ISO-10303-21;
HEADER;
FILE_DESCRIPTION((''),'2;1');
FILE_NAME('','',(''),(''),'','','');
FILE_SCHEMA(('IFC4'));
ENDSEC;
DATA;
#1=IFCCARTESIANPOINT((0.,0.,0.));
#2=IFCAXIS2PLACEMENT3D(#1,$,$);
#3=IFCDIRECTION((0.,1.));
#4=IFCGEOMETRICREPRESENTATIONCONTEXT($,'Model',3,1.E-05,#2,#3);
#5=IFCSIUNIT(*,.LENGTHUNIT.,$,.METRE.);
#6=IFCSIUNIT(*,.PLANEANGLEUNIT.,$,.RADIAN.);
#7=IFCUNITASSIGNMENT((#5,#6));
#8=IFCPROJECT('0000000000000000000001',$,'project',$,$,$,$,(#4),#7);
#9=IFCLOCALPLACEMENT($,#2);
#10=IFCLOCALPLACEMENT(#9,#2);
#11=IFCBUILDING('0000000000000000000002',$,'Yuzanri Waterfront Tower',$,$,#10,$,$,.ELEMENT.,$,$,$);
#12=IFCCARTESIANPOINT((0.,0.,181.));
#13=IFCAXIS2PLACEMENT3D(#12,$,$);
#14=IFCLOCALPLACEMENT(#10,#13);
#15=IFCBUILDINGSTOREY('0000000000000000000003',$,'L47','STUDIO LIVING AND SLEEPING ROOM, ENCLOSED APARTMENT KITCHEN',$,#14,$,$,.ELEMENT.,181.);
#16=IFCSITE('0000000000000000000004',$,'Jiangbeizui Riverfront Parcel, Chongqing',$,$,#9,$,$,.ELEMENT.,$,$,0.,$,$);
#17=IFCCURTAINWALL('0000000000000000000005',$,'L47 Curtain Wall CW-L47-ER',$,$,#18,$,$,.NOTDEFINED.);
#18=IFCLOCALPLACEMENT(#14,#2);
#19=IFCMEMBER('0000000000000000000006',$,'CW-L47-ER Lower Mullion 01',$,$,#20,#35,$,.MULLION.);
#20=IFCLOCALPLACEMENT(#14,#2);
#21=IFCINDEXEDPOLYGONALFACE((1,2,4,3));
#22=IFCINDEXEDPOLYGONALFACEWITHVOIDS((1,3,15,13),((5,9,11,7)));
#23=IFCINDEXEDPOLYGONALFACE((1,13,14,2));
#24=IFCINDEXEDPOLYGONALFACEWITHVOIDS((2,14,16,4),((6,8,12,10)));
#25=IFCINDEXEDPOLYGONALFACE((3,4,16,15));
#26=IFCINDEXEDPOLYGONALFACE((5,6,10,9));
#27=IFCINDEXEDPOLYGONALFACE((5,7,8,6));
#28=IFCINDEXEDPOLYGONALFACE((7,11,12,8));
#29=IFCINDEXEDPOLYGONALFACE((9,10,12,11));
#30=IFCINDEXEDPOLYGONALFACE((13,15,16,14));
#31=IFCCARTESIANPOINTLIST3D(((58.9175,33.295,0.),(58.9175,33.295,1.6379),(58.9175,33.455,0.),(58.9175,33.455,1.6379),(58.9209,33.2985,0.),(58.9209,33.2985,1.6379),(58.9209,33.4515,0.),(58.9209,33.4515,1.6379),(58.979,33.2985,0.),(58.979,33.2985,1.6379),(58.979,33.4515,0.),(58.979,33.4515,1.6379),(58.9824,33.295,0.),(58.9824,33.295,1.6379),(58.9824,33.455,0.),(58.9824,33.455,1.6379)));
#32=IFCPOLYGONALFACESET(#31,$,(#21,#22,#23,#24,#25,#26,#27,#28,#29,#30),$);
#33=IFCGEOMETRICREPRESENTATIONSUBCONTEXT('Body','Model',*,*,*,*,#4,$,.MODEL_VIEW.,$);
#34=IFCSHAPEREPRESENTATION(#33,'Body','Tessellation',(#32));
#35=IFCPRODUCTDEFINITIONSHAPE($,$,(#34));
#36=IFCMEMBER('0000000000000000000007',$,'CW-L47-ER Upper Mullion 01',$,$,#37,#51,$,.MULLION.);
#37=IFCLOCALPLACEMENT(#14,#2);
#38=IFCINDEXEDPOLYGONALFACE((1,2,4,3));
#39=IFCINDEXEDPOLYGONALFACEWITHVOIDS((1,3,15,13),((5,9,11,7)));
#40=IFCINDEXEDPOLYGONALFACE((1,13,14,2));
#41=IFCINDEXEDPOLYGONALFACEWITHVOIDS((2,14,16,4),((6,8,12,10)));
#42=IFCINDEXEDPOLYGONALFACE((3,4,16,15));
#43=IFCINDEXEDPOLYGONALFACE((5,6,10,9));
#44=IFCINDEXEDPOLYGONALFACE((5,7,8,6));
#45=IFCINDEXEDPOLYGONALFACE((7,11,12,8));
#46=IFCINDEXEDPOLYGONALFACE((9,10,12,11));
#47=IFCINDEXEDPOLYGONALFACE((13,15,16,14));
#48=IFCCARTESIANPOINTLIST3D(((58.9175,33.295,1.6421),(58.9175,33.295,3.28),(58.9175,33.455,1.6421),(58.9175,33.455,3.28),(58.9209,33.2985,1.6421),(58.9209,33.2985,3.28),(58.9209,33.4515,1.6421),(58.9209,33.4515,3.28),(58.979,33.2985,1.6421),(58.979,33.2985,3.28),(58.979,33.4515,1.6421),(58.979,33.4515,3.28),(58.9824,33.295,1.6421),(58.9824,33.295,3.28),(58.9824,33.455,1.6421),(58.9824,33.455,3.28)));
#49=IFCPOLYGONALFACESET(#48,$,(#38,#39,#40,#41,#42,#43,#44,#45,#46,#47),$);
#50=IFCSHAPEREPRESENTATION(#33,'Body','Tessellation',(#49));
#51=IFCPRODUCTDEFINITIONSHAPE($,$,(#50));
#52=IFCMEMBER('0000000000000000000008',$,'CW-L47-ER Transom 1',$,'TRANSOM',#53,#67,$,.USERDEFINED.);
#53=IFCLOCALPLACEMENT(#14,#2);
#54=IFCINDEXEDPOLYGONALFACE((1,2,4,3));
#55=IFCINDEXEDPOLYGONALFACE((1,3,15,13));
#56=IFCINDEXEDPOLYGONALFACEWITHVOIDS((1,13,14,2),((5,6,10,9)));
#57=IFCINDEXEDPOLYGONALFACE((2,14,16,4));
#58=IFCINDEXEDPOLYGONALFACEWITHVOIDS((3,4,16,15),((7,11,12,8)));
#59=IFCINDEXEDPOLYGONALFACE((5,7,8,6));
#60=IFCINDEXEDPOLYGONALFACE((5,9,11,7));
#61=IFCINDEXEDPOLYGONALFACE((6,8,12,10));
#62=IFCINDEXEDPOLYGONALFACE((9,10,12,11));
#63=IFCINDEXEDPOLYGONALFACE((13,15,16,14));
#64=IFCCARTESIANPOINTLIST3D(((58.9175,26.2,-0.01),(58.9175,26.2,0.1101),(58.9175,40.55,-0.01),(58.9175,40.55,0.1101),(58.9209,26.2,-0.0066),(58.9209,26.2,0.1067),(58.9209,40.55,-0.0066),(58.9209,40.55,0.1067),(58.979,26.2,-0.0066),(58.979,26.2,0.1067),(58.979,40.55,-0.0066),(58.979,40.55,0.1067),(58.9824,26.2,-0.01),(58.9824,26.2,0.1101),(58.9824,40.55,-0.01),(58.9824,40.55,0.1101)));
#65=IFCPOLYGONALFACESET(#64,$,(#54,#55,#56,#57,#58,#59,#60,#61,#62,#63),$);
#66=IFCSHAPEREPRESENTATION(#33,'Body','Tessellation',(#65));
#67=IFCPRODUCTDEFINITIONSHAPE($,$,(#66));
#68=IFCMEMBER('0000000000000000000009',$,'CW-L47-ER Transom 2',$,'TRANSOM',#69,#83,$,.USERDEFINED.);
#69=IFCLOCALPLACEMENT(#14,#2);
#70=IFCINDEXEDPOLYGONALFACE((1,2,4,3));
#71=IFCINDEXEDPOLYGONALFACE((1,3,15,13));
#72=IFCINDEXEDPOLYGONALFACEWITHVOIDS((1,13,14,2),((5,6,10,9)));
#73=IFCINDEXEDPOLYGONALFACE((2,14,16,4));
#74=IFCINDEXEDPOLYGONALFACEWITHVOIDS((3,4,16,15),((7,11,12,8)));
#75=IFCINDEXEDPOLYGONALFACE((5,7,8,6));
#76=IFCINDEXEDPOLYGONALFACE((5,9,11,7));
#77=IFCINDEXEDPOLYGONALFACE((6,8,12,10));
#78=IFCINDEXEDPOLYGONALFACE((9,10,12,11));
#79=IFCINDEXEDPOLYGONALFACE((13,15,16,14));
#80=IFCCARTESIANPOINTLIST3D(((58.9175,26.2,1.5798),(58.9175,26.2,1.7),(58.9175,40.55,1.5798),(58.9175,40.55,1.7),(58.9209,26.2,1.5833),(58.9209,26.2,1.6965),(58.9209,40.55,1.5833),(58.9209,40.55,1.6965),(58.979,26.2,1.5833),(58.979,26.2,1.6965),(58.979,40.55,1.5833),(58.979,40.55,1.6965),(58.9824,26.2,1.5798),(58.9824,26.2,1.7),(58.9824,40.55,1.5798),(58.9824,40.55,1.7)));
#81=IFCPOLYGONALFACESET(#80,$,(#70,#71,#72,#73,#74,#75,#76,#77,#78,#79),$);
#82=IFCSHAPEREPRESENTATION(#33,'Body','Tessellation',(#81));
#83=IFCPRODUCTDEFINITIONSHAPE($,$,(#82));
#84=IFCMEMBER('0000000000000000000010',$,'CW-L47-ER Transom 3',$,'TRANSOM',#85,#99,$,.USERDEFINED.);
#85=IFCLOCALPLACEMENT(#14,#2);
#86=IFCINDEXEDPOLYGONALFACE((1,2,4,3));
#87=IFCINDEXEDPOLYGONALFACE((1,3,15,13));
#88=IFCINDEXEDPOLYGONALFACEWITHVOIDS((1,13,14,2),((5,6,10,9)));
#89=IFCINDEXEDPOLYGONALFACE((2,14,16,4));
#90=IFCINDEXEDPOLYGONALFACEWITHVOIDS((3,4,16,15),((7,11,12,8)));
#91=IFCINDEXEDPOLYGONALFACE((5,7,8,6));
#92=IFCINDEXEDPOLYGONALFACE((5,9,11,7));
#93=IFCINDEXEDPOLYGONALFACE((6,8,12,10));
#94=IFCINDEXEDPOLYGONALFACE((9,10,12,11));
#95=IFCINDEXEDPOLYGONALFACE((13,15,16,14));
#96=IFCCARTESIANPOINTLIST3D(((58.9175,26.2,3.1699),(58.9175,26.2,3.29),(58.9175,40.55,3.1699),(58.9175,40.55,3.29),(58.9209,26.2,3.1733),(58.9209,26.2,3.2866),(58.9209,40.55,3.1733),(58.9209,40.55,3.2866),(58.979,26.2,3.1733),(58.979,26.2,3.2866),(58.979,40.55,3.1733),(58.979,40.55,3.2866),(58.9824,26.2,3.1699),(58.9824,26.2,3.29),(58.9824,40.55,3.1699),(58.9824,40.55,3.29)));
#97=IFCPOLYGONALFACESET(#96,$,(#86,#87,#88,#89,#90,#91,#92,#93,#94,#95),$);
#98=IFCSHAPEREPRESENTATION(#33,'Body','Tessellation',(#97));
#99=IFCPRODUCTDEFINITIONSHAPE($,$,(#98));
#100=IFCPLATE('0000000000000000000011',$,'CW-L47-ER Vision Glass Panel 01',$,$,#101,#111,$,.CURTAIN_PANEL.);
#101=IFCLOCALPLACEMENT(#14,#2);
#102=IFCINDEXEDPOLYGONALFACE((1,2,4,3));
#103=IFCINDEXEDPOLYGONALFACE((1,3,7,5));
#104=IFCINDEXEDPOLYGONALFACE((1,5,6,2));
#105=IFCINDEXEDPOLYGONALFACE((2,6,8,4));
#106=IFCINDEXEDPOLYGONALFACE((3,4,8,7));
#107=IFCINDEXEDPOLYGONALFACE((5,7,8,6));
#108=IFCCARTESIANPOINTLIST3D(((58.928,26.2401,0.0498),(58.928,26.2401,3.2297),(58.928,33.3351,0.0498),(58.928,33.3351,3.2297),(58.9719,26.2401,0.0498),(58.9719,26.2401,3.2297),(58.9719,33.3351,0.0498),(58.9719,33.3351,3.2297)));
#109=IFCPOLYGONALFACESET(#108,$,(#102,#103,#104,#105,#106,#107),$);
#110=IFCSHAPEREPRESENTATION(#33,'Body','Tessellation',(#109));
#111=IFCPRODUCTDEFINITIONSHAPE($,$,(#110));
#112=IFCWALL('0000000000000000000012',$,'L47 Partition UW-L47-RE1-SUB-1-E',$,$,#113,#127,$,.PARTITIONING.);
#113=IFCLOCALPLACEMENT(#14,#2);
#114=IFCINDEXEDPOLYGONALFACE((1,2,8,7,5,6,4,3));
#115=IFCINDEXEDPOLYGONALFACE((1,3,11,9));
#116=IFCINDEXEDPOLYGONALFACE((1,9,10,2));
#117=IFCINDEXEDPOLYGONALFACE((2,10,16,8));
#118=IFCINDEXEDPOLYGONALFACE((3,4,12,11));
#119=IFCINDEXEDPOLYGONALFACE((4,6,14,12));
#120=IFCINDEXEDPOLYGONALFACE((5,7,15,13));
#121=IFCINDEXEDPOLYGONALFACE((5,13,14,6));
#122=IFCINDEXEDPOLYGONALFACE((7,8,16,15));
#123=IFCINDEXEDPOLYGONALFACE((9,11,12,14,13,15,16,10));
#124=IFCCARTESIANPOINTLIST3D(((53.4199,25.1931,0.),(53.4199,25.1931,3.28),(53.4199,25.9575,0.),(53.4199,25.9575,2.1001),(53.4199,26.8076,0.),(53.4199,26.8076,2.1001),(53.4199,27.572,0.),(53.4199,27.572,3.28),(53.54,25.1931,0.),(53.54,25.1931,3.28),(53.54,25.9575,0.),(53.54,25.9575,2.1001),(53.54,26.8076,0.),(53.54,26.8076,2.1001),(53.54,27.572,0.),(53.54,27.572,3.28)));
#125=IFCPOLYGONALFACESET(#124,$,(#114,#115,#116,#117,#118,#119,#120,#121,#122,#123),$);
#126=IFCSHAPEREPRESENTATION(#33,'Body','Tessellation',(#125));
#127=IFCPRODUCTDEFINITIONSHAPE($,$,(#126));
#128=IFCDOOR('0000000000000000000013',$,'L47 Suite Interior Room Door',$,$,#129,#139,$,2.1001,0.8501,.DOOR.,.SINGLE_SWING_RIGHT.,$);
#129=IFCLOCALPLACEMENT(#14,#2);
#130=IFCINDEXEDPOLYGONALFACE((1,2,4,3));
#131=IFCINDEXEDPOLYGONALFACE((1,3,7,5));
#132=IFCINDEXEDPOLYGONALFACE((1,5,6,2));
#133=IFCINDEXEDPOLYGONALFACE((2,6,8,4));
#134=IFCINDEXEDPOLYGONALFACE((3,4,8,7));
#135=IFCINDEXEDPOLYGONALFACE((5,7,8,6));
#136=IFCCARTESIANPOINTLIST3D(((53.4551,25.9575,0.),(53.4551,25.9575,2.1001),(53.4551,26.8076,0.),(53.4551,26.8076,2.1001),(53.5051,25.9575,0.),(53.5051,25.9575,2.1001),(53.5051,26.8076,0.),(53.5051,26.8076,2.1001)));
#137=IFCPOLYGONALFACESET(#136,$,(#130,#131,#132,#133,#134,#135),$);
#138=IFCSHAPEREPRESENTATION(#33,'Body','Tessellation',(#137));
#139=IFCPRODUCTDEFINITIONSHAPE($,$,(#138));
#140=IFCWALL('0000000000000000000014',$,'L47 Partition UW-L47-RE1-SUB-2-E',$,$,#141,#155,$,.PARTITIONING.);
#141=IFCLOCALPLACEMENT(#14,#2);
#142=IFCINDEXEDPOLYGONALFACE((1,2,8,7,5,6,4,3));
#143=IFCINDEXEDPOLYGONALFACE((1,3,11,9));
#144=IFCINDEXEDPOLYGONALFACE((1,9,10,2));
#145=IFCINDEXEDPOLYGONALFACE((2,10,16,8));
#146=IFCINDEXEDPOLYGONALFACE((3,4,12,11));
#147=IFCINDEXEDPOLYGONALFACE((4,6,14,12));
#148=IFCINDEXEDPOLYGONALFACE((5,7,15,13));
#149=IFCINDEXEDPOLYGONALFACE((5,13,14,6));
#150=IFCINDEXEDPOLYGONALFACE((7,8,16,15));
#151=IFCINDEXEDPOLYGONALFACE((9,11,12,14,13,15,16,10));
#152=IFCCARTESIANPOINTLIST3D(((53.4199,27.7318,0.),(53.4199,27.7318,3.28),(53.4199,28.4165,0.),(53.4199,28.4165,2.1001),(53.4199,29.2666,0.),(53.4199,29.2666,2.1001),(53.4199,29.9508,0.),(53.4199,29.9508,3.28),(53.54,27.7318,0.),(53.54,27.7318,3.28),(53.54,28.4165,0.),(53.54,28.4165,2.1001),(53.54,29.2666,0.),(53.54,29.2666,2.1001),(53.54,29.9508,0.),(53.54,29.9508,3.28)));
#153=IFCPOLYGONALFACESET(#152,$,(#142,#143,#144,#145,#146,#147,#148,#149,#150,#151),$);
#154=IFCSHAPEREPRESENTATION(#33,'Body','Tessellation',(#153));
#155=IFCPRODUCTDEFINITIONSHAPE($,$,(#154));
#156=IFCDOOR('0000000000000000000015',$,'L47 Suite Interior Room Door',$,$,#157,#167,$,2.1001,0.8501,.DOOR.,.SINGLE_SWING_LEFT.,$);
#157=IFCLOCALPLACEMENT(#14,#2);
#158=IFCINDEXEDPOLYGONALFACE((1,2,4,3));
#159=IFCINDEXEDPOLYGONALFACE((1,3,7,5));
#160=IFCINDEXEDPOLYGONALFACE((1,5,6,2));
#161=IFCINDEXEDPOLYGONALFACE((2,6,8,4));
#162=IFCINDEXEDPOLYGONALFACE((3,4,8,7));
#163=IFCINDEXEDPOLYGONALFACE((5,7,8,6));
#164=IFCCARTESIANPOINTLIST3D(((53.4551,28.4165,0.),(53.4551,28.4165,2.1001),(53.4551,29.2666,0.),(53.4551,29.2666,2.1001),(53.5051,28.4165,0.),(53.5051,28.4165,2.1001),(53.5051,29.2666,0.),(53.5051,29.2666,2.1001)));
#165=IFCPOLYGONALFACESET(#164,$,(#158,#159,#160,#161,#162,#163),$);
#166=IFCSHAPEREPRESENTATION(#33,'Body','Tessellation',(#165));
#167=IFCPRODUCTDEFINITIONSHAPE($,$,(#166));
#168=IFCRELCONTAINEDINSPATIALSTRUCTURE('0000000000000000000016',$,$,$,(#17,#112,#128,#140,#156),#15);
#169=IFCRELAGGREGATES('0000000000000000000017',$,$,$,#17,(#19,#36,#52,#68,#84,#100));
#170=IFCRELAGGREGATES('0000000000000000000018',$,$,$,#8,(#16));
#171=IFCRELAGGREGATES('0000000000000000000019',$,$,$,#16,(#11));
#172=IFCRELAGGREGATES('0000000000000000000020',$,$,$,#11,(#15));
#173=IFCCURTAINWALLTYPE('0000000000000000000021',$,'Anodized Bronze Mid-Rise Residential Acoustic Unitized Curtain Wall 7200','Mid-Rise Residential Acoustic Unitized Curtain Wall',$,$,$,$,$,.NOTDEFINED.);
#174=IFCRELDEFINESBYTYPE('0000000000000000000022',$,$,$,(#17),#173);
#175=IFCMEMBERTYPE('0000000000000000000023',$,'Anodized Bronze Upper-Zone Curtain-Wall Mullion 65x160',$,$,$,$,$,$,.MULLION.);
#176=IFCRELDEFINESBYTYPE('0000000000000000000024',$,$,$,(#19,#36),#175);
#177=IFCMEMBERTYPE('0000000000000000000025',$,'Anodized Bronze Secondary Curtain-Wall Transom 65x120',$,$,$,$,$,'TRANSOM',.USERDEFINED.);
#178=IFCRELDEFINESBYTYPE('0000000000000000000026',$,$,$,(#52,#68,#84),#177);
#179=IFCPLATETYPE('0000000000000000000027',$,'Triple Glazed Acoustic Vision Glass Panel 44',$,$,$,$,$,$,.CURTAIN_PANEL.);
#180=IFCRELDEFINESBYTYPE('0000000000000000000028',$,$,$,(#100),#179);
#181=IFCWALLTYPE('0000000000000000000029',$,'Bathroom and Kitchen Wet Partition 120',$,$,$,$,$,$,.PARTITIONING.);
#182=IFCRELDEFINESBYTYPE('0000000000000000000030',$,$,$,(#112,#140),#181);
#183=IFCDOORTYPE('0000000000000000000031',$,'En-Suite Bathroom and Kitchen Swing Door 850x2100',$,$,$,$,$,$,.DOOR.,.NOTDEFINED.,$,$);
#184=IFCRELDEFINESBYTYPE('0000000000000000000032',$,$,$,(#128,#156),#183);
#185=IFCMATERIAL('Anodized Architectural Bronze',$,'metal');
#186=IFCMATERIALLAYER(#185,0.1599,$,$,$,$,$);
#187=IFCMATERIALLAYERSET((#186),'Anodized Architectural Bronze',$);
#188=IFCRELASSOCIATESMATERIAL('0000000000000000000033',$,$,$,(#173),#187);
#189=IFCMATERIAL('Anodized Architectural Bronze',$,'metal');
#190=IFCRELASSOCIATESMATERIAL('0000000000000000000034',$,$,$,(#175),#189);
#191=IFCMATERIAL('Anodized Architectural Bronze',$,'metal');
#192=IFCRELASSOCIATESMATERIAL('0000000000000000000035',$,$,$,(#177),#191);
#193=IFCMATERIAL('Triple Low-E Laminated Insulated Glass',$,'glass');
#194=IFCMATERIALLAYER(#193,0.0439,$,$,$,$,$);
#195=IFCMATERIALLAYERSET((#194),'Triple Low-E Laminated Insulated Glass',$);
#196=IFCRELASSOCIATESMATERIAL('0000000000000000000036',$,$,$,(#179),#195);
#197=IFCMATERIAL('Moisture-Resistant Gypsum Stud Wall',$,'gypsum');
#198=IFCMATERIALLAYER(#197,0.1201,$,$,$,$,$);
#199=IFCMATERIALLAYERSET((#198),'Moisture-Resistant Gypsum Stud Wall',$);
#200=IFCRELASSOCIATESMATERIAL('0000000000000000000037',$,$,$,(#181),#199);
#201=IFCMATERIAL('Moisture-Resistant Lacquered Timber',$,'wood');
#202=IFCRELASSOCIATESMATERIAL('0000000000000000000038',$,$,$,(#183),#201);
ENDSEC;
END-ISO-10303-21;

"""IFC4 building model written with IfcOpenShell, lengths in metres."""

from ifc_helpers import new_model, si_unit, direction, frame, frame_2d, origin, origin_2d, place, context, subcontext, project, spatial, rectangle, hollow_rectangle, extrude, source, transform, mapped, material, layer, layer_set, material_profile, profile_set, type_object, element, fill, aggregate, save


model = new_model("IFC4")

# Units and contexts
model_context = context("Model", 3, precision=1e-05, world=origin(), true_north=direction((0.0, 1.0)))
body_context = subcontext(model_context, "Body", "Model", "MODEL_VIEW")
ifc_project = project(units=[si_unit("LENGTHUNIT", "METRE"), si_unit("PLANEANGLEUNIT", "RADIAN")], contexts=[model_context])

# Site, building, storey
site_placement = place(None, origin())
site = spatial("IfcSite", under=ifc_project, at=site_placement, Name="Jiangbeizui Riverfront Parcel, Chongqing", CompositionType="ELEMENT", RefElevation=0.0)
building_placement = place(site_placement, origin())
building = spatial("IfcBuilding", under=site, at=building_placement, Name="Yuzanri Waterfront Tower", CompositionType="ELEMENT")
storey_placement = place(building_placement, frame((0.0, 0.0, 181.0)))
storey = spatial("IfcBuildingStorey", under=building, at=storey_placement, Name="L47", Description="STUDIO LIVING AND SLEEPING ROOM, ENCLOSED APARTMENT KITCHEN", CompositionType="ELEMENT", Elevation=181.0)

# Shared definitions
ifc_material_1 = material(Name="Anodized Architectural Bronze", Category="metal")
ifc_layer_1 = layer(ifc_material_1, 0.1599)
ifc_layer_set_1 = layer_set([ifc_layer_1], Name="Anodized Architectural Bronze")
curtain_wall_type = type_object("IfcCurtainWallType", Name="Anodized Bronze Mid-Rise Residential Acoustic Unitized Curtain Wall 7200", Description="Mid-Rise Residential Acoustic Unitized Curtain Wall", PredefinedType="NOTDEFINED", material=ifc_layer_set_1)
ifc_material_2 = material(Name="Anodized Architectural Bronze", Category="metal")
ifc_material_profile_1 = material_profile(ifc_material_2, hollow_rectangle(XDim=0.0649, YDim=0.1599, WallThickness=0.0034, at=origin_2d()), Name="CWM 65x160")
ifc_profile_set_1 = profile_set([ifc_material_profile_1], Name="Anodized Architectural Bronze")
member_type_1 = type_object("IfcMemberType", Name="Anodized Bronze Upper-Zone Curtain-Wall Mullion 65x160", PredefinedType="MULLION", material=ifc_profile_set_1)
shared_shape_1 = source(origin(), body_context, "Body", "SweptSolid", [
    extrude(hollow_rectangle(XDim=0.0649, YDim=0.1599, WallThickness=0.0034, at=origin_2d()), origin(), (0.0, 0.0, 1.0), 1.6379),
])

# Curtain wall, members, plate
curtain_wall_1_placement = place(storey_placement, origin())
curtain_wall_1 = element("IfcCurtainWall", 1, at=curtain_wall_1_placement, inside=storey, type_object=curtain_wall_type, Name="L47 Curtain Wall CW-L47-ER", PredefinedType="NOTDEFINED")
member_1_placement = place(storey_placement, frame((58.95, 33.375, 0.0), z_axis=(0.0, 0.0, 1.0), x_axis=(1.0, 0.0, 0.0)))
member_1 = element("IfcMember", 2, at=member_1_placement, type_object=member_type_1, Name="CW-L47-ER Lower Mullion 01", PredefinedType="MULLION", context=body_context, shape_type="MappedRepresentation", body=[
    mapped(shared_shape_1, transform((0.0, 0.0, 0.0), scale=1.0)),
])
member_2_placement = place(storey_placement, frame((58.95, 33.375, 1.6421), z_axis=(0.0, 0.0, 1.0), x_axis=(1.0, 0.0, 0.0)))
member_2 = element("IfcMember", 3, at=member_2_placement, type_object=member_type_1, Name="CW-L47-ER Upper Mullion 01", PredefinedType="MULLION", context=body_context, shape_type="MappedRepresentation", body=[
    mapped(shared_shape_1, transform((0.0, 0.0, 0.0), scale=1.0)),
])
ifc_material_3 = material(Name="Anodized Architectural Bronze", Category="metal")
ifc_material_profile_2 = material_profile(ifc_material_3, hollow_rectangle(XDim=0.0649, YDim=0.1201, WallThickness=0.0034, at=origin_2d()), Name="CWT 65x120")
ifc_profile_set_2 = profile_set([ifc_material_profile_2], Name="Anodized Architectural Bronze")
member_type_2 = type_object("IfcMemberType", Name="Anodized Bronze Secondary Curtain-Wall Transom 65x120", ElementType="TRANSOM", PredefinedType="USERDEFINED", material=ifc_profile_set_2)
shared_shape_2 = source(origin(), body_context, "Body", "SweptSolid", [
    extrude(hollow_rectangle(XDim=0.0649, YDim=0.1201, WallThickness=0.0034, at=origin_2d()), origin(), (0.0, 0.0, 1.0), 14.3501),
])
member_3_placement = place(storey_placement, frame((58.95, 26.2, 0.05), z_axis=(0.0, 1.0, 0.0), x_axis=(-1.0, 0.0, 0.0)))
member_3 = element("IfcMember", 4, at=member_3_placement, type_object=member_type_2, Name="CW-L47-ER Transom 1", ObjectType="TRANSOM", PredefinedType="USERDEFINED", context=body_context, shape_type="MappedRepresentation", body=[
    mapped(shared_shape_2, transform((0.0, 0.0, 0.0), scale=1.0)),
])
member_4_placement = place(storey_placement, frame((58.95, 26.2, 1.6399), z_axis=(0.0, 1.0, 0.0), x_axis=(-1.0, 0.0, 0.0)))
member_4 = element("IfcMember", 5, at=member_4_placement, type_object=member_type_2, Name="CW-L47-ER Transom 2", ObjectType="TRANSOM", PredefinedType="USERDEFINED", context=body_context, shape_type="MappedRepresentation", body=[
    mapped(shared_shape_2, transform((0.0, 0.0, 0.0), scale=1.0)),
])
member_5_placement = place(storey_placement, frame((58.95, 26.2, 3.23), z_axis=(0.0, 1.0, 0.0), x_axis=(-1.0, 0.0, 0.0)))
member_5 = element("IfcMember", 6, at=member_5_placement, type_object=member_type_2, Name="CW-L47-ER Transom 3", ObjectType="TRANSOM", PredefinedType="USERDEFINED", context=body_context, shape_type="MappedRepresentation", body=[
    mapped(shared_shape_2, transform((0.0, 0.0, 0.0), scale=1.0)),
])
ifc_material_4 = material(Name="Triple Low-E Laminated Insulated Glass", Category="glass")
ifc_layer_2 = layer(ifc_material_4, 0.0439)
ifc_layer_set_2 = layer_set([ifc_layer_2], Name="Triple Low-E Laminated Insulated Glass")
plate_type = type_object("IfcPlateType", Name="Triple Glazed Acoustic Vision Glass Panel 44", PredefinedType="CURTAIN_PANEL", material=ifc_layer_set_2)
shared_shape_3 = source(origin(), body_context, "Body", "SweptSolid", [
    extrude(rectangle(XDim=7.095, YDim=0.0439, at=origin_2d()), origin(), (0.0, 0.0, 1.0), 3.1799),
])
plate_placement = place(storey_placement, frame((58.95, 29.7876, 0.0498), z_axis=(0.0, 0.0, 1.0), x_axis=(0.0, 1.0, 0.0)))
plate = element("IfcPlate", 7, at=plate_placement, type_object=plate_type, Name="CW-L47-ER Vision Glass Panel 01", PredefinedType="CURTAIN_PANEL", context=body_context, shape_type="MappedRepresentation", body=[
    mapped(shared_shape_3, transform((0.0, 0.0, 0.0), scale=1.0)),
])
aggregate(curtain_wall_1, [member_1, member_2, member_3, member_4, member_5, plate])

# Walls, openings, doors
ifc_material_5 = material(Name="Moisture-Resistant Gypsum Stud Wall", Category="gypsum")
ifc_layer_3 = layer(ifc_material_5, 0.1201)
ifc_layer_set_3 = layer_set([ifc_layer_3], Name="Moisture-Resistant Gypsum Stud Wall")
wall_type_1 = type_object("IfcWallType", Name="Bathroom and Kitchen Wet Partition 120", PredefinedType="PARTITIONING", material=ifc_layer_set_3)
wall_1_placement = place(storey_placement, frame((53.48, 25.1931, 0.0), z_axis=(0.0, 0.0, 1.0), x_axis=(0.0, 1.0, 0.0)))
wall_1 = element("IfcWall", 8, at=wall_1_placement, inside=storey, type_object=wall_type_1, Name="L47 Partition UW-L47-RE1-SUB-1-E", PredefinedType="PARTITIONING", context=body_context, shape_type="SweptSolid", body=[
    extrude(rectangle(XDim=2.3789, YDim=0.1201, at=frame_2d((1.1895, 0.0))), origin(), (0.0, 0.0, 1.0), 3.28),
])
opening_1_placement = place(wall_1_placement, frame((0.7644, 0.0, 0.0)))
opening_1 = element("IfcOpeningElement", 9, at=opening_1_placement, cuts=wall_1, PredefinedType="OPENING", context=body_context, shape_type="SweptSolid", body=[
    extrude(rectangle(XDim=0.8501, YDim=2.1001, at=frame_2d((0.425, 1.05))), frame((0.0, 0.075, 0.0), z_axis=(0.0, -1.0, 0.0), x_axis=(1.0, 0.0, 0.0)), (0.0, 0.0, 1.0), 0.1499),
])
ifc_material_6 = material(Name="Moisture-Resistant Lacquered Timber", Category="wood")
door_type_1 = type_object("IfcDoorType", Name="En-Suite Bathroom and Kitchen Swing Door 850x2100", OperationType="NOTDEFINED", PredefinedType="DOOR", material=ifc_material_6)
shared_shape_4 = source(origin(), body_context, "Body", "SweptSolid", [
    extrude(rectangle(XDim=0.8501, YDim=2.1001, at=frame_2d((0.425, 1.05))), frame((0.0, 0.0249, 0.0), z_axis=(0.0, -1.0, 0.0), x_axis=(1.0, 0.0, 0.0)), (0.0, 0.0, 1.0), 0.05),
])
door_1_placement = place(opening_1_placement, origin())
door_1 = element("IfcDoor", 10, at=door_1_placement, inside=storey, type_object=door_type_1, Name="L47 Suite Interior Room Door", OperationType="SINGLE_SWING_RIGHT", OverallHeight=2.1001, OverallWidth=0.8501, PredefinedType="DOOR", context=body_context, shape_type="MappedRepresentation", body=[
    mapped(shared_shape_4, transform((0.0, 0.0, 0.0), scale=1.0)),
])
fill(opening_1, door_1)
wall_2_placement = place(storey_placement, frame((53.48, 27.7319, 0.0), z_axis=(0.0, 0.0, 1.0), x_axis=(0.0, 1.0, 0.0)))
wall_2 = element("IfcWall", 11, at=wall_2_placement, inside=storey, type_object=wall_type_1, Name="L47 Partition UW-L47-RE1-SUB-2-E", PredefinedType="PARTITIONING", context=body_context, shape_type="SweptSolid", body=[
    extrude(rectangle(XDim=2.219, YDim=0.1201, at=frame_2d((1.1094, 0.0))), origin(), (0.0, 0.0, 1.0), 3.28),
])
opening_2_placement = place(wall_2_placement, frame((0.6846, 0.0, 0.0)))
opening_2 = element("IfcOpeningElement", 12, at=opening_2_placement, cuts=wall_2, PredefinedType="OPENING", context=body_context, shape_type="SweptSolid", body=[
    extrude(rectangle(XDim=0.8501, YDim=2.1001, at=frame_2d((0.425, 1.05))), frame((0.0, 0.075, 0.0), z_axis=(0.0, -1.0, 0.0), x_axis=(1.0, 0.0, 0.0)), (0.0, 0.0, 1.0), 0.1499),
])
door_2_placement = place(opening_2_placement, origin())
door_2 = element("IfcDoor", 13, at=door_2_placement, inside=storey, type_object=door_type_1, Name="L47 Suite Interior Room Door", OperationType="SINGLE_SWING_LEFT", OverallHeight=2.1001, OverallWidth=0.8501, PredefinedType="DOOR", context=body_context, shape_type="MappedRepresentation", body=[
    mapped(shared_shape_4, transform((0.0, 0.0, 0.0), scale=1.0)),
])
fill(opening_2, door_2)

save(model, "model.ifc")
